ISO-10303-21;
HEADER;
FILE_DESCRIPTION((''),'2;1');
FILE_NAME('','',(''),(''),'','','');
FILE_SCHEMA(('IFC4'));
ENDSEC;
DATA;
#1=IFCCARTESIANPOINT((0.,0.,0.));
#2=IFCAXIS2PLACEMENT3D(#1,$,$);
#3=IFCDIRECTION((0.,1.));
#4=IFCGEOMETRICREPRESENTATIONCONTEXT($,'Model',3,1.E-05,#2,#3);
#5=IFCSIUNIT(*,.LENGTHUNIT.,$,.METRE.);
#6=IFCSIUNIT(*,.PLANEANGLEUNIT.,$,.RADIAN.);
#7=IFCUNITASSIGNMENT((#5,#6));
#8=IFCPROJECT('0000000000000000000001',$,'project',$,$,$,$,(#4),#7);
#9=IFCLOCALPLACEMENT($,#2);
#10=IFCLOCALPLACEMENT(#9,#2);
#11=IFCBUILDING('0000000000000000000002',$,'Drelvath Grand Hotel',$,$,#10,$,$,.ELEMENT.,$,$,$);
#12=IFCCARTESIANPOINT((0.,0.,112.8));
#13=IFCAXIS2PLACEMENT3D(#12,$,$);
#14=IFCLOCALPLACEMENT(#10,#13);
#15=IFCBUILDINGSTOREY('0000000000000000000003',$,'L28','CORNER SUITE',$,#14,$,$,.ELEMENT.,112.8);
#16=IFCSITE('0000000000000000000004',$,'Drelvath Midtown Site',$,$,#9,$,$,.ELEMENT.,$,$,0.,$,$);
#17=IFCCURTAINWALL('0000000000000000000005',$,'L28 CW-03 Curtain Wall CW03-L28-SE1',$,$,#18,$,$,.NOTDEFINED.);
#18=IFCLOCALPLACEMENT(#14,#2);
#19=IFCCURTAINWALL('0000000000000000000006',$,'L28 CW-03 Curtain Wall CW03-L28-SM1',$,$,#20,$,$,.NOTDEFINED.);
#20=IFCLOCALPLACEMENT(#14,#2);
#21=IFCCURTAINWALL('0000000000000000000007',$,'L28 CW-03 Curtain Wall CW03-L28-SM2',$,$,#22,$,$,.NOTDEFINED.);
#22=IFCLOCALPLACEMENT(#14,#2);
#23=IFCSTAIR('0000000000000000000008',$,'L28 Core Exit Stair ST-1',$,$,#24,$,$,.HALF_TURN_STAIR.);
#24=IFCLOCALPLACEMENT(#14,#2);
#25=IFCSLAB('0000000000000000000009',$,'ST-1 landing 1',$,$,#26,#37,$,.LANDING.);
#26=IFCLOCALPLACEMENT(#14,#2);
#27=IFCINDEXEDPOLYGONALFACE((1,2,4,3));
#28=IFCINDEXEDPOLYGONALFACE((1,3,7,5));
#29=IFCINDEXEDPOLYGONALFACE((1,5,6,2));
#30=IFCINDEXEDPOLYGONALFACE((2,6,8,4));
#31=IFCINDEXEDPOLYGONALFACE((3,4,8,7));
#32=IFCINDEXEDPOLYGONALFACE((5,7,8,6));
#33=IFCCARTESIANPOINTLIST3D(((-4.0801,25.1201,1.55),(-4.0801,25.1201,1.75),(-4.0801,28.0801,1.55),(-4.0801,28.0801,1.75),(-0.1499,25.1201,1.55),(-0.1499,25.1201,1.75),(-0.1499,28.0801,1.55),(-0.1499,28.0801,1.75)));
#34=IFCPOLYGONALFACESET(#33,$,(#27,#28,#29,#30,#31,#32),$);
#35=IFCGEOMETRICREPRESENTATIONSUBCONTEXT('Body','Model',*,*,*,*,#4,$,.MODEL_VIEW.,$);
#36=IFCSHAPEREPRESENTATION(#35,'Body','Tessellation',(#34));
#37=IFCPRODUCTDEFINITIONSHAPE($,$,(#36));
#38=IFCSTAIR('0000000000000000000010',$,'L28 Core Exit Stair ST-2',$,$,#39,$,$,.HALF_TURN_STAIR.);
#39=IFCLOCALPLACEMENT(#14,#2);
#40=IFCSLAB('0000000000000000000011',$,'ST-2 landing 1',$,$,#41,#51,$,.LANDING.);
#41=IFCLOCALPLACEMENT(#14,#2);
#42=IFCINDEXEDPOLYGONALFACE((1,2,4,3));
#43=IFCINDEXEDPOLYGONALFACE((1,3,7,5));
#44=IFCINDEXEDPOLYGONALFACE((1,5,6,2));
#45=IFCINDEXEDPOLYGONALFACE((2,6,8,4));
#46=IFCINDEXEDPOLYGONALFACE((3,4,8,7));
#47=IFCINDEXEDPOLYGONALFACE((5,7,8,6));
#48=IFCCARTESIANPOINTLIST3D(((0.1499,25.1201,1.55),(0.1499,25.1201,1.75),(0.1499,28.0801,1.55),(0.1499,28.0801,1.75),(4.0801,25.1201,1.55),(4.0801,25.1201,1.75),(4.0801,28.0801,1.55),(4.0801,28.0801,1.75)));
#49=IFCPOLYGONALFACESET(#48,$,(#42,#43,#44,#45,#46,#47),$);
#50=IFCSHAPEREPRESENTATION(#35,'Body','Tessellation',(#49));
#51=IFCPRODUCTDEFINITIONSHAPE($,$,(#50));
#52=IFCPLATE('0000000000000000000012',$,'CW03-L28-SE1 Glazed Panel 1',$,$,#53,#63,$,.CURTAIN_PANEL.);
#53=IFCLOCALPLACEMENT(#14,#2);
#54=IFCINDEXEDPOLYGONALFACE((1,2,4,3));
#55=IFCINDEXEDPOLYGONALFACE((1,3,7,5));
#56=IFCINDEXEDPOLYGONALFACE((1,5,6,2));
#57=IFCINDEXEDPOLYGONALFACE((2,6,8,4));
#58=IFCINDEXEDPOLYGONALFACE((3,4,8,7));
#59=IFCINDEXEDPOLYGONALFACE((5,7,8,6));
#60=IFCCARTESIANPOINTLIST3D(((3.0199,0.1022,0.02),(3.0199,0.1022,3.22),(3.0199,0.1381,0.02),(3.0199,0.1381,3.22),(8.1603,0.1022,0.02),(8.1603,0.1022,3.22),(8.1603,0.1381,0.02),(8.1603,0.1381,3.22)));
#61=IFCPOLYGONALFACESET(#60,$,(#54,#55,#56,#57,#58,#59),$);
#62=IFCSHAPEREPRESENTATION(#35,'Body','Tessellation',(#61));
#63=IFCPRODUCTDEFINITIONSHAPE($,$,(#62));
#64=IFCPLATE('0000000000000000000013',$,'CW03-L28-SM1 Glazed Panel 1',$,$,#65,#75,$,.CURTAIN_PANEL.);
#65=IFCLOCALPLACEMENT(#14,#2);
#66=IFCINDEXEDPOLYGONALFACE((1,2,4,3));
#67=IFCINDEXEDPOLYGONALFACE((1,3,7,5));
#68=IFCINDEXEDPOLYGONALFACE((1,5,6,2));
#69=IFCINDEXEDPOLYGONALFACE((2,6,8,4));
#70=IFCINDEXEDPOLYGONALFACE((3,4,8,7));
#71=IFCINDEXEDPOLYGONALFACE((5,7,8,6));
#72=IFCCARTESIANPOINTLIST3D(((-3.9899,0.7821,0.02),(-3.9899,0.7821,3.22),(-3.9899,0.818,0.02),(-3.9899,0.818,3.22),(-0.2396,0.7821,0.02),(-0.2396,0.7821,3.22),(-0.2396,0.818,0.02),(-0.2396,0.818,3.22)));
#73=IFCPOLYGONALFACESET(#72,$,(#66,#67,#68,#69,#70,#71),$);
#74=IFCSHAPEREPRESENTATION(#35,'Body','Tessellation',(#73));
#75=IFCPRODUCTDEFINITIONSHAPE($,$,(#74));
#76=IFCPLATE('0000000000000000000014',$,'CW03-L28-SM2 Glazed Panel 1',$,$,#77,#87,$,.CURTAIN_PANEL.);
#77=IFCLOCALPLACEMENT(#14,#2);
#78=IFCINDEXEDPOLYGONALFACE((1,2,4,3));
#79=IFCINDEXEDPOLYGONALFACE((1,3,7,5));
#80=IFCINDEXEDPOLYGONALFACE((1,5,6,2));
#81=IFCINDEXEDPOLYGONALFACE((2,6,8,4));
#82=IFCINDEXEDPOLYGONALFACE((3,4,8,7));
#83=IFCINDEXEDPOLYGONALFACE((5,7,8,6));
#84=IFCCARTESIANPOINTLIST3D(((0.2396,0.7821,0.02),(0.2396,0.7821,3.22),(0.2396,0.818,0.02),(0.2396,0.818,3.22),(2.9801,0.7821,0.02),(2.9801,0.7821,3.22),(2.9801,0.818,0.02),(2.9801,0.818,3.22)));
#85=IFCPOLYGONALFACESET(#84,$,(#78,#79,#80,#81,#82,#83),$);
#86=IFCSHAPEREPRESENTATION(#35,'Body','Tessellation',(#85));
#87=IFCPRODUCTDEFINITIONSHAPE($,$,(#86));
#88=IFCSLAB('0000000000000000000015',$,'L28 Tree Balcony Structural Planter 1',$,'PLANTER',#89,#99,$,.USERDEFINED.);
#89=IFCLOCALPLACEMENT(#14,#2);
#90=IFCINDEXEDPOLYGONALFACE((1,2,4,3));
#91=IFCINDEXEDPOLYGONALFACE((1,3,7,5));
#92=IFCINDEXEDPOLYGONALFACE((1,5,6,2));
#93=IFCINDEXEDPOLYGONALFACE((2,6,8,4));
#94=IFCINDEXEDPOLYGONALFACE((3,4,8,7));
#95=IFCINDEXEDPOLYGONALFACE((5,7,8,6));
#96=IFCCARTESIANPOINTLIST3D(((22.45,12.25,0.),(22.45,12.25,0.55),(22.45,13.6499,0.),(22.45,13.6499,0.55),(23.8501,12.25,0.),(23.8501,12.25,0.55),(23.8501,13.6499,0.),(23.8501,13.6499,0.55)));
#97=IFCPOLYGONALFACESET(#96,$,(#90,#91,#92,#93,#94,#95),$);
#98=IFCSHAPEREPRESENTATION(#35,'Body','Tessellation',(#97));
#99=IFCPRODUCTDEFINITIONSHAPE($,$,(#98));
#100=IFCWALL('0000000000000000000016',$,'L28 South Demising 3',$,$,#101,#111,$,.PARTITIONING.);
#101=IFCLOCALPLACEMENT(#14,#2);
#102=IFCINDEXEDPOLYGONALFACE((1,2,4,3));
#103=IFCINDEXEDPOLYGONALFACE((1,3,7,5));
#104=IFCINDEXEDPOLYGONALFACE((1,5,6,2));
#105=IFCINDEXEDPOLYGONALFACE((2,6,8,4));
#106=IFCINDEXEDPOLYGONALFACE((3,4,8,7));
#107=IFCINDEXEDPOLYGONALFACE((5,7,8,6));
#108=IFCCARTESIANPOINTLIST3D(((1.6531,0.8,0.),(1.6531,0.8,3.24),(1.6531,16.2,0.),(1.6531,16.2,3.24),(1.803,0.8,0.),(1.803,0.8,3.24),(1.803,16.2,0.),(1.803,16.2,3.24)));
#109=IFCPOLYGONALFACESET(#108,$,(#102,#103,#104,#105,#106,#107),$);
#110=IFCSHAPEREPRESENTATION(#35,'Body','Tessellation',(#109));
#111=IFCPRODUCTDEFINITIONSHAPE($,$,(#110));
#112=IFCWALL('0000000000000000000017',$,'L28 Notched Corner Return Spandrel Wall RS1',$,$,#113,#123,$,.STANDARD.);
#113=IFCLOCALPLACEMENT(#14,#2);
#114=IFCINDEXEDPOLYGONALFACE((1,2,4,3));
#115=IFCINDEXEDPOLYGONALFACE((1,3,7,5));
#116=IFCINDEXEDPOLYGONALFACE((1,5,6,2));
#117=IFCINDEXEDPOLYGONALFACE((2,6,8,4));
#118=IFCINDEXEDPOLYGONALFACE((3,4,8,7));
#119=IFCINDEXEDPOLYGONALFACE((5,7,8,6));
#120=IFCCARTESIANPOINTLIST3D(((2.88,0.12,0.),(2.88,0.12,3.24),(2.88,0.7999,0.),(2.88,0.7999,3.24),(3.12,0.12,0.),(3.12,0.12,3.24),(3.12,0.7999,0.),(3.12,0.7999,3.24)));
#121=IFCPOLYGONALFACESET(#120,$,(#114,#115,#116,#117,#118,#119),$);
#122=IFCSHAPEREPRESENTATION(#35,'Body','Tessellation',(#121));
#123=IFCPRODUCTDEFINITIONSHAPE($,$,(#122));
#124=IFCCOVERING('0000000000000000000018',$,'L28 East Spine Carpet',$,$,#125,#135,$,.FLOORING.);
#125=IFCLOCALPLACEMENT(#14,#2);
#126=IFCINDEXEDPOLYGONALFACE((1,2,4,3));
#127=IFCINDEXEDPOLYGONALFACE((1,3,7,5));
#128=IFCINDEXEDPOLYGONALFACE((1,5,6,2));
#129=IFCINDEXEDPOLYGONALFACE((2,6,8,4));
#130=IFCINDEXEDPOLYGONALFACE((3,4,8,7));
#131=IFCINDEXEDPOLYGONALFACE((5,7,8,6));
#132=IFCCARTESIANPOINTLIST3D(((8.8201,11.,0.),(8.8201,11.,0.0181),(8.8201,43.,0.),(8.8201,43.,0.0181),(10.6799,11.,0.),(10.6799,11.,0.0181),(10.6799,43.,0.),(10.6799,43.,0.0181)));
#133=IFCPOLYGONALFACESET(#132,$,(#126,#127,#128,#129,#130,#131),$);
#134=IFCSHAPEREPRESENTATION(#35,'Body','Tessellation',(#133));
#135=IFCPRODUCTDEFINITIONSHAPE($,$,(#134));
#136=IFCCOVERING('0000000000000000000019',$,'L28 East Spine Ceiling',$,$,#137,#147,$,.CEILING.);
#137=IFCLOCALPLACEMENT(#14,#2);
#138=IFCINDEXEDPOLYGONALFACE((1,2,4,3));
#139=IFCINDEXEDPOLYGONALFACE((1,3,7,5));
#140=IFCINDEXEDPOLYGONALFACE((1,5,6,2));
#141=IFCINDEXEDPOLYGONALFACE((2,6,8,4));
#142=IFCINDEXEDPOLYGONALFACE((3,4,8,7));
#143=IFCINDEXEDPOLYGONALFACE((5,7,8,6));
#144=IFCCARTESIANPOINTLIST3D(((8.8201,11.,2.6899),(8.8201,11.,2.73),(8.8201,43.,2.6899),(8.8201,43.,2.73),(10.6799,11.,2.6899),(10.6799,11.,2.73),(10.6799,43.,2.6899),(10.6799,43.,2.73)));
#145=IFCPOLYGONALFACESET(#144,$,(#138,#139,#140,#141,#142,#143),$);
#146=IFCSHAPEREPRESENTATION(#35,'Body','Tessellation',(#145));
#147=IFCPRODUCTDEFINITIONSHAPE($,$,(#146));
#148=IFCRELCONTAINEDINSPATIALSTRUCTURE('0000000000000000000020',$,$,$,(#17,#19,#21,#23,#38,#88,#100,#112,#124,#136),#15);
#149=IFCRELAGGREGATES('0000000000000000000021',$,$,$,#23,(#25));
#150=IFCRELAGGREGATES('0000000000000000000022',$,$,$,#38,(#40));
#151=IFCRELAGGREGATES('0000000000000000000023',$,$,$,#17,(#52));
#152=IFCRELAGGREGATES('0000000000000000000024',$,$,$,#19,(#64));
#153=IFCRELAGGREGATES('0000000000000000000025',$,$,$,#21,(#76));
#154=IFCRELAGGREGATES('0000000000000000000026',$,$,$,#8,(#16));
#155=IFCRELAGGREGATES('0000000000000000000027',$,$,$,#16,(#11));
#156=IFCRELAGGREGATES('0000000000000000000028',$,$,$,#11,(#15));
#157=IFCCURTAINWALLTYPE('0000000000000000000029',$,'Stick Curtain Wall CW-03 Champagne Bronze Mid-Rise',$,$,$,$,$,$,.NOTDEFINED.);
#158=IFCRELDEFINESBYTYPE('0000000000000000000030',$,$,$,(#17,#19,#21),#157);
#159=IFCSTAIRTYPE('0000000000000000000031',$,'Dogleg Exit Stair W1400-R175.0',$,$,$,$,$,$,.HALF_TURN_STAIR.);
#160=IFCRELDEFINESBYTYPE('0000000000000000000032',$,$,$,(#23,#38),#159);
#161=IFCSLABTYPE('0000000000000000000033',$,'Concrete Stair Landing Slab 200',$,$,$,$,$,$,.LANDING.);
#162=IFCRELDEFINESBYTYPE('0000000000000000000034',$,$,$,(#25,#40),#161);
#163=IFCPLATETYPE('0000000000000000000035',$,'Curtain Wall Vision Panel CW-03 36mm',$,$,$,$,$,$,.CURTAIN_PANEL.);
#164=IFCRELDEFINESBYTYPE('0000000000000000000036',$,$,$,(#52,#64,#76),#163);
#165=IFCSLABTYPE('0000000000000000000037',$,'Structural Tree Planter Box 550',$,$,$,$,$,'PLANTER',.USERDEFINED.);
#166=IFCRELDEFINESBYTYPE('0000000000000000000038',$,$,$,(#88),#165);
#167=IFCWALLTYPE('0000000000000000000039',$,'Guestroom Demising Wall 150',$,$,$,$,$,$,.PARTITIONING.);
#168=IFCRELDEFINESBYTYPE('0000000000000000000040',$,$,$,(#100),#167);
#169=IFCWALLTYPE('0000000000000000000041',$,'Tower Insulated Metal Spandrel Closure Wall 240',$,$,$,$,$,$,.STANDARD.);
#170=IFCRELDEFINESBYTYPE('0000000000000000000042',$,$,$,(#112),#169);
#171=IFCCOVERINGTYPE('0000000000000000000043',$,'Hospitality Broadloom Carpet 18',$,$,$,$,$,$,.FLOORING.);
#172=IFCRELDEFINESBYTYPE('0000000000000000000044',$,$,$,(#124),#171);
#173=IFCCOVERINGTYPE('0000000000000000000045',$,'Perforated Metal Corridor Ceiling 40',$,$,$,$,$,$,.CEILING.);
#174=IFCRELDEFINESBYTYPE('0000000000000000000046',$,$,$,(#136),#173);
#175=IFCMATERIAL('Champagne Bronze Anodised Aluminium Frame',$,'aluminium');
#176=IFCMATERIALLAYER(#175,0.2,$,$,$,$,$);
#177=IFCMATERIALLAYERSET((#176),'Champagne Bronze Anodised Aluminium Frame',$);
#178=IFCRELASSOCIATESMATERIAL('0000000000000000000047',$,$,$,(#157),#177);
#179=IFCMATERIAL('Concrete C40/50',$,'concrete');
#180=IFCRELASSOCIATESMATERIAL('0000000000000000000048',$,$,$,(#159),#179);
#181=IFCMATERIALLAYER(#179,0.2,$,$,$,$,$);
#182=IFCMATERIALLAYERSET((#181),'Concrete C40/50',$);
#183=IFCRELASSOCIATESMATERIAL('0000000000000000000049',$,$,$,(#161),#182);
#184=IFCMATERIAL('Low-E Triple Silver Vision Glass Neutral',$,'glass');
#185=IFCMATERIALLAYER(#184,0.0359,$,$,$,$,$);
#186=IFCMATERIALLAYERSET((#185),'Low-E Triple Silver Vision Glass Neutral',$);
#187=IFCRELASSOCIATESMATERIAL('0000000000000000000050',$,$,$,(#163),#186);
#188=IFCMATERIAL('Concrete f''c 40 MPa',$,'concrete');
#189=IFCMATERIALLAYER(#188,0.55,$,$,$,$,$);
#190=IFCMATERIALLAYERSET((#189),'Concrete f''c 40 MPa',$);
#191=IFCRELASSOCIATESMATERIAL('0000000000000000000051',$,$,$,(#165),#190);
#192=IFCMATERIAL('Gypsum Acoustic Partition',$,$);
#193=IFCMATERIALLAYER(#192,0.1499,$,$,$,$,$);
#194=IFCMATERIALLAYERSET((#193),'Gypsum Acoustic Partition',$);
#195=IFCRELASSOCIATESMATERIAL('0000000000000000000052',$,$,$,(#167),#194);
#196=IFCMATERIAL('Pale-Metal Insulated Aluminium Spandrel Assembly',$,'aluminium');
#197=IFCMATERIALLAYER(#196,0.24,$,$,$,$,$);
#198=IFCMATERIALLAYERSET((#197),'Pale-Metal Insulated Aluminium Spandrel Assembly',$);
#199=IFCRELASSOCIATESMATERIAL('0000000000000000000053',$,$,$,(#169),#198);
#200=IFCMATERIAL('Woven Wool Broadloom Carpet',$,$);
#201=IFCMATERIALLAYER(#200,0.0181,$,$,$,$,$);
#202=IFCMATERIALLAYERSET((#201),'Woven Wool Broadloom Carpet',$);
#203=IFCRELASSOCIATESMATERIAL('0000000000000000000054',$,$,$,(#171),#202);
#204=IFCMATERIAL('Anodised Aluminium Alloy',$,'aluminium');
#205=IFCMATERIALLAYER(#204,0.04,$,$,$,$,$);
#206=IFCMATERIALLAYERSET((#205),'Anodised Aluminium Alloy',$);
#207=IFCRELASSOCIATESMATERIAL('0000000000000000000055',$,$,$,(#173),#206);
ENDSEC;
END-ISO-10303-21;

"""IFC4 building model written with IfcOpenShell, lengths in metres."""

from ifc_helpers import new_model, si_unit, direction, frame, frame_2d, origin, origin_2d, place, context, subcontext, project, spatial, polyline, rectangle, outline, extrude, material, layer, layer_set, type_object, element, aggregate, save


model = new_model("IFC4")

# Units and contexts
model_context = context("Model", 3, precision=1e-05, world=origin(), true_north=direction((0.0, 1.0)))
body_context = subcontext(model_context, "Body", "Model", "MODEL_VIEW")
ifc_project = project(units=[si_unit("LENGTHUNIT", "METRE"), si_unit("PLANEANGLEUNIT", "RADIAN")], contexts=[model_context])

# Site, building, storey
site_placement = place(None, origin())
site = spatial("IfcSite", under=ifc_project, at=site_placement, Name="Drelvath Midtown Site", CompositionType="ELEMENT", RefElevation=0.0)
building_placement = place(site_placement, origin())
building = spatial("IfcBuilding", under=site, at=building_placement, Name="Drelvath Grand Hotel", CompositionType="ELEMENT")
storey_placement = place(building_placement, frame((0.0, 0.0, 112.8)))
storey = spatial("IfcBuildingStorey", under=building, at=storey_placement, Name="L28", Description="CORNER SUITE", CompositionType="ELEMENT", Elevation=112.8)

# Curtain walls
ifc_material_1 = material(Name="Champagne Bronze Anodised Aluminium Frame", Category="aluminium")
ifc_layer_1 = layer(ifc_material_1, 0.2)
ifc_layer_set_1 = layer_set([ifc_layer_1], Name="Champagne Bronze Anodised Aluminium Frame")
curtain_wall_type = type_object("IfcCurtainWallType", Name="Stick Curtain Wall CW-03 Champagne Bronze Mid-Rise", PredefinedType="NOTDEFINED", material=ifc_layer_set_1)
curtain_wall_1_placement = place(storey_placement, origin())
curtain_wall_1 = element("IfcCurtainWall", 1, at=curtain_wall_1_placement, inside=storey, type_object=curtain_wall_type, Name="L28 CW-03 Curtain Wall CW03-L28-SE1", PredefinedType="NOTDEFINED")
curtain_wall_2_placement = place(storey_placement, origin())
curtain_wall_2 = element("IfcCurtainWall", 2, at=curtain_wall_2_placement, inside=storey, type_object=curtain_wall_type, Name="L28 CW-03 Curtain Wall CW03-L28-SM1", PredefinedType="NOTDEFINED")
curtain_wall_3_placement = place(storey_placement, origin())
curtain_wall_3 = element("IfcCurtainWall", 3, at=curtain_wall_3_placement, inside=storey, type_object=curtain_wall_type, Name="L28 CW-03 Curtain Wall CW03-L28-SM2", PredefinedType="NOTDEFINED")

# Shared definitions
ifc_material_2 = material(Name="Concrete f'c 40 MPa", Category="concrete")

# Stairs, slabs
ifc_material_3 = material(Name="Concrete C40/50", Category="concrete")
stair_type = type_object("IfcStairType", Name="Dogleg Exit Stair W1400-R175.0", PredefinedType="HALF_TURN_STAIR", material=ifc_material_3)
stair_1_placement = place(storey_placement, origin())
stair_1 = element("IfcStair", 4, at=stair_1_placement, inside=storey, type_object=stair_type, Name="L28 Core Exit Stair ST-1", PredefinedType="HALF_TURN_STAIR")
ifc_layer_2 = layer(ifc_material_3, 0.2)
ifc_layer_set_2 = layer_set([ifc_layer_2], Name="Concrete C40/50")
slab_type_1 = type_object("IfcSlabType", Name="Concrete Stair Landing Slab 200", PredefinedType="LANDING", material=ifc_layer_set_2)
slab_1_placement = place(storey_placement, frame((0.0, 0.0, 1.55)))
slab_1 = element("IfcSlab", 5, at=slab_1_placement, type_object=slab_type_1, Name="ST-1 landing 1", PredefinedType="LANDING", context=body_context, shape_type="SweptSolid", body=[
    extrude(outline(polyline([(-4.0801, 25.1201), (-0.1499, 25.1201), (-0.1499, 28.0801), (-4.0801, 28.0801), (-4.0801, 25.1201)])), origin(), (0.0, 0.0, 1.0), 0.2),
])
aggregate(stair_1, [slab_1])
stair_2_placement = place(storey_placement, origin())
stair_2 = element("IfcStair", 6, at=stair_2_placement, inside=storey, type_object=stair_type, Name="L28 Core Exit Stair ST-2", PredefinedType="HALF_TURN_STAIR")
slab_2_placement = place(storey_placement, frame((0.0, 0.0, 1.55)))
slab_2 = element("IfcSlab", 7, at=slab_2_placement, type_object=slab_type_1, Name="ST-2 landing 1", PredefinedType="LANDING", context=body_context, shape_type="SweptSolid", body=[
    extrude(outline(polyline([(4.0801, 28.0801), (0.1499, 28.0801), (0.1499, 25.1201), (4.0801, 25.1201), (4.0801, 28.0801)])), origin(), (0.0, 0.0, 1.0), 0.2),
])
aggregate(stair_2, [slab_2])

# Plates
ifc_material_4 = material(Name="Low-E Triple Silver Vision Glass Neutral", Category="glass")
ifc_layer_3 = layer(ifc_material_4, 0.0359)
ifc_layer_set_3 = layer_set([ifc_layer_3], Name="Low-E Triple Silver Vision Glass Neutral")
plate_type = type_object("IfcPlateType", Name="Curtain Wall Vision Panel CW-03 36mm", PredefinedType="CURTAIN_PANEL", material=ifc_layer_set_3)
plate_1_placement = place(storey_placement, frame((5.5901, 0.1201, 0.02), z_axis=(0.0, 0.0, 1.0), x_axis=(-1.0, 0.0, 0.0)))
plate_1 = element("IfcPlate", 8, at=plate_1_placement, type_object=plate_type, Name="CW03-L28-SE1 Glazed Panel 1", PredefinedType="CURTAIN_PANEL", context=body_context, shape_type="SweptSolid", body=[
    extrude(rectangle(XDim=5.1404, YDim=0.0359, at=origin_2d()), origin(), (0.0, 0.0, 1.0), 3.2),
])
aggregate(curtain_wall_1, [plate_1])
plate_2_placement = place(storey_placement, frame((-2.1147, 0.8, 0.02), z_axis=(0.0, 0.0, 1.0), x_axis=(-1.0, 0.0, 0.0)))
plate_2 = element("IfcPlate", 9, at=plate_2_placement, type_object=plate_type, Name="CW03-L28-SM1 Glazed Panel 1", PredefinedType="CURTAIN_PANEL", context=body_context, shape_type="SweptSolid", body=[
    extrude(rectangle(XDim=3.7502, YDim=0.0359, at=origin_2d()), origin(), (0.0, 0.0, 1.0), 3.2),
])
aggregate(curtain_wall_2, [plate_2])
plate_3_placement = place(storey_placement, frame((1.6099, 0.8, 0.02), z_axis=(0.0, 0.0, 1.0), x_axis=(-1.0, 0.0, 0.0)))
plate_3 = element("IfcPlate", 10, at=plate_3_placement, type_object=plate_type, Name="CW03-L28-SM2 Glazed Panel 1", PredefinedType="CURTAIN_PANEL", context=body_context, shape_type="SweptSolid", body=[
    extrude(rectangle(XDim=2.7405, YDim=0.0359, at=origin_2d()), origin(), (0.0, 0.0, 1.0), 3.2),
])
aggregate(curtain_wall_3, [plate_3])

# Slab
ifc_layer_4 = layer(ifc_material_2, 0.55)
ifc_layer_set_4 = layer_set([ifc_layer_4], Name="Concrete f'c 40 MPa")
slab_type_2 = type_object("IfcSlabType", Name="Structural Tree Planter Box 550", ElementType="PLANTER", PredefinedType="USERDEFINED", material=ifc_layer_set_4)
slab_3_placement = place(storey_placement, origin())
element("IfcSlab", 11, at=slab_3_placement, inside=storey, type_object=slab_type_2, Name="L28 Tree Balcony Structural Planter 1", ObjectType="PLANTER", PredefinedType="USERDEFINED", context=body_context, shape_type="SweptSolid", body=[
    extrude(outline(polyline([(22.45, 12.25), (23.8501, 12.25), (23.8501, 13.6499), (22.45, 13.6499), (22.45, 12.25)])), origin(), (0.0, 0.0, 1.0), 0.55),
])

# Walls
ifc_material_5 = material(Name="Gypsum Acoustic Partition")
ifc_layer_5 = layer(ifc_material_5, 0.1499)
ifc_layer_set_5 = layer_set([ifc_layer_5], Name="Gypsum Acoustic Partition")
wall_type_1 = type_object("IfcWallType", Name="Guestroom Demising Wall 150", PredefinedType="PARTITIONING", material=ifc_layer_set_5)
wall_1_placement = place(storey_placement, frame((1.728, 0.8, 0.0), z_axis=(0.0, 0.0, 1.0), x_axis=(0.0, 1.0, 0.0)))
element("IfcWall", 12, at=wall_1_placement, inside=storey, type_object=wall_type_1, Name="L28 South Demising 3", PredefinedType="PARTITIONING", context=body_context, shape_type="SweptSolid", body=[
    extrude(rectangle(XDim=15.3999, YDim=0.1499, at=frame_2d((7.7, 0.0))), origin(), (0.0, 0.0, 1.0), 3.24),
])
ifc_material_6 = material(Name="Pale-Metal Insulated Aluminium Spandrel Assembly", Category="aluminium")
ifc_layer_6 = layer(ifc_material_6, 0.24)
ifc_layer_set_6 = layer_set([ifc_layer_6], Name="Pale-Metal Insulated Aluminium Spandrel Assembly")
wall_type_2 = type_object("IfcWallType", Name="Tower Insulated Metal Spandrel Closure Wall 240", PredefinedType="STANDARD", material=ifc_layer_set_6)
wall_2_placement = place(storey_placement, frame((3.0, 0.1201, 0.0), z_axis=(0.0, 0.0, 1.0), x_axis=(0.0, 1.0, 0.0)))
element("IfcWall", 13, at=wall_2_placement, inside=storey, type_object=wall_type_2, Name="L28 Notched Corner Return Spandrel Wall RS1", PredefinedType="STANDARD", context=body_context, shape_type="SweptSolid", body=[
    extrude(rectangle(XDim=0.6799, YDim=0.24, at=frame_2d((0.3398, 0.0))), origin(), (0.0, 0.0, 1.0), 3.24),
])

# Coverings
ifc_material_7 = material(Name="Woven Wool Broadloom Carpet")
ifc_layer_7 = layer(ifc_material_7, 0.0181)
ifc_layer_set_7 = layer_set([ifc_layer_7], Name="Woven Wool Broadloom Carpet")
covering_type_1 = type_object("IfcCoveringType", Name="Hospitality Broadloom Carpet 18", PredefinedType="FLOORING", material=ifc_layer_set_7)
covering_1_placement = place(storey_placement, origin())
element("IfcCovering", 14, at=covering_1_placement, inside=storey, type_object=covering_type_1, Name="L28 East Spine Carpet", PredefinedType="FLOORING", context=body_context, shape_type="SweptSolid", body=[
    extrude(outline(polyline([(10.6799, 11.0), (10.6799, 43.0), (8.8201, 43.0), (8.8201, 11.0), (10.6799, 11.0)])), origin(), (0.0, 0.0, 1.0), 0.0181),
])
ifc_material_8 = material(Name="Anodised Aluminium Alloy", Category="aluminium")
ifc_layer_8 = layer(ifc_material_8, 0.04)
ifc_layer_set_8 = layer_set([ifc_layer_8], Name="Anodised Aluminium Alloy")
covering_type_2 = type_object("IfcCoveringType", Name="Perforated Metal Corridor Ceiling 40", PredefinedType="CEILING", material=ifc_layer_set_8)
covering_2_placement = place(storey_placement, frame((0.0, 0.0, 2.6899)))
element("IfcCovering", 15, at=covering_2_placement, inside=storey, type_object=covering_type_2, Name="L28 East Spine Ceiling", PredefinedType="CEILING", context=body_context, shape_type="SweptSolid", body=[
    extrude(outline(polyline([(10.6799, 11.0), (10.6799, 43.0), (8.8201, 43.0), (8.8201, 11.0), (10.6799, 11.0)])), origin(), (0.0, 0.0, 1.0), 0.04),
])

save(model, "model.ifc")
